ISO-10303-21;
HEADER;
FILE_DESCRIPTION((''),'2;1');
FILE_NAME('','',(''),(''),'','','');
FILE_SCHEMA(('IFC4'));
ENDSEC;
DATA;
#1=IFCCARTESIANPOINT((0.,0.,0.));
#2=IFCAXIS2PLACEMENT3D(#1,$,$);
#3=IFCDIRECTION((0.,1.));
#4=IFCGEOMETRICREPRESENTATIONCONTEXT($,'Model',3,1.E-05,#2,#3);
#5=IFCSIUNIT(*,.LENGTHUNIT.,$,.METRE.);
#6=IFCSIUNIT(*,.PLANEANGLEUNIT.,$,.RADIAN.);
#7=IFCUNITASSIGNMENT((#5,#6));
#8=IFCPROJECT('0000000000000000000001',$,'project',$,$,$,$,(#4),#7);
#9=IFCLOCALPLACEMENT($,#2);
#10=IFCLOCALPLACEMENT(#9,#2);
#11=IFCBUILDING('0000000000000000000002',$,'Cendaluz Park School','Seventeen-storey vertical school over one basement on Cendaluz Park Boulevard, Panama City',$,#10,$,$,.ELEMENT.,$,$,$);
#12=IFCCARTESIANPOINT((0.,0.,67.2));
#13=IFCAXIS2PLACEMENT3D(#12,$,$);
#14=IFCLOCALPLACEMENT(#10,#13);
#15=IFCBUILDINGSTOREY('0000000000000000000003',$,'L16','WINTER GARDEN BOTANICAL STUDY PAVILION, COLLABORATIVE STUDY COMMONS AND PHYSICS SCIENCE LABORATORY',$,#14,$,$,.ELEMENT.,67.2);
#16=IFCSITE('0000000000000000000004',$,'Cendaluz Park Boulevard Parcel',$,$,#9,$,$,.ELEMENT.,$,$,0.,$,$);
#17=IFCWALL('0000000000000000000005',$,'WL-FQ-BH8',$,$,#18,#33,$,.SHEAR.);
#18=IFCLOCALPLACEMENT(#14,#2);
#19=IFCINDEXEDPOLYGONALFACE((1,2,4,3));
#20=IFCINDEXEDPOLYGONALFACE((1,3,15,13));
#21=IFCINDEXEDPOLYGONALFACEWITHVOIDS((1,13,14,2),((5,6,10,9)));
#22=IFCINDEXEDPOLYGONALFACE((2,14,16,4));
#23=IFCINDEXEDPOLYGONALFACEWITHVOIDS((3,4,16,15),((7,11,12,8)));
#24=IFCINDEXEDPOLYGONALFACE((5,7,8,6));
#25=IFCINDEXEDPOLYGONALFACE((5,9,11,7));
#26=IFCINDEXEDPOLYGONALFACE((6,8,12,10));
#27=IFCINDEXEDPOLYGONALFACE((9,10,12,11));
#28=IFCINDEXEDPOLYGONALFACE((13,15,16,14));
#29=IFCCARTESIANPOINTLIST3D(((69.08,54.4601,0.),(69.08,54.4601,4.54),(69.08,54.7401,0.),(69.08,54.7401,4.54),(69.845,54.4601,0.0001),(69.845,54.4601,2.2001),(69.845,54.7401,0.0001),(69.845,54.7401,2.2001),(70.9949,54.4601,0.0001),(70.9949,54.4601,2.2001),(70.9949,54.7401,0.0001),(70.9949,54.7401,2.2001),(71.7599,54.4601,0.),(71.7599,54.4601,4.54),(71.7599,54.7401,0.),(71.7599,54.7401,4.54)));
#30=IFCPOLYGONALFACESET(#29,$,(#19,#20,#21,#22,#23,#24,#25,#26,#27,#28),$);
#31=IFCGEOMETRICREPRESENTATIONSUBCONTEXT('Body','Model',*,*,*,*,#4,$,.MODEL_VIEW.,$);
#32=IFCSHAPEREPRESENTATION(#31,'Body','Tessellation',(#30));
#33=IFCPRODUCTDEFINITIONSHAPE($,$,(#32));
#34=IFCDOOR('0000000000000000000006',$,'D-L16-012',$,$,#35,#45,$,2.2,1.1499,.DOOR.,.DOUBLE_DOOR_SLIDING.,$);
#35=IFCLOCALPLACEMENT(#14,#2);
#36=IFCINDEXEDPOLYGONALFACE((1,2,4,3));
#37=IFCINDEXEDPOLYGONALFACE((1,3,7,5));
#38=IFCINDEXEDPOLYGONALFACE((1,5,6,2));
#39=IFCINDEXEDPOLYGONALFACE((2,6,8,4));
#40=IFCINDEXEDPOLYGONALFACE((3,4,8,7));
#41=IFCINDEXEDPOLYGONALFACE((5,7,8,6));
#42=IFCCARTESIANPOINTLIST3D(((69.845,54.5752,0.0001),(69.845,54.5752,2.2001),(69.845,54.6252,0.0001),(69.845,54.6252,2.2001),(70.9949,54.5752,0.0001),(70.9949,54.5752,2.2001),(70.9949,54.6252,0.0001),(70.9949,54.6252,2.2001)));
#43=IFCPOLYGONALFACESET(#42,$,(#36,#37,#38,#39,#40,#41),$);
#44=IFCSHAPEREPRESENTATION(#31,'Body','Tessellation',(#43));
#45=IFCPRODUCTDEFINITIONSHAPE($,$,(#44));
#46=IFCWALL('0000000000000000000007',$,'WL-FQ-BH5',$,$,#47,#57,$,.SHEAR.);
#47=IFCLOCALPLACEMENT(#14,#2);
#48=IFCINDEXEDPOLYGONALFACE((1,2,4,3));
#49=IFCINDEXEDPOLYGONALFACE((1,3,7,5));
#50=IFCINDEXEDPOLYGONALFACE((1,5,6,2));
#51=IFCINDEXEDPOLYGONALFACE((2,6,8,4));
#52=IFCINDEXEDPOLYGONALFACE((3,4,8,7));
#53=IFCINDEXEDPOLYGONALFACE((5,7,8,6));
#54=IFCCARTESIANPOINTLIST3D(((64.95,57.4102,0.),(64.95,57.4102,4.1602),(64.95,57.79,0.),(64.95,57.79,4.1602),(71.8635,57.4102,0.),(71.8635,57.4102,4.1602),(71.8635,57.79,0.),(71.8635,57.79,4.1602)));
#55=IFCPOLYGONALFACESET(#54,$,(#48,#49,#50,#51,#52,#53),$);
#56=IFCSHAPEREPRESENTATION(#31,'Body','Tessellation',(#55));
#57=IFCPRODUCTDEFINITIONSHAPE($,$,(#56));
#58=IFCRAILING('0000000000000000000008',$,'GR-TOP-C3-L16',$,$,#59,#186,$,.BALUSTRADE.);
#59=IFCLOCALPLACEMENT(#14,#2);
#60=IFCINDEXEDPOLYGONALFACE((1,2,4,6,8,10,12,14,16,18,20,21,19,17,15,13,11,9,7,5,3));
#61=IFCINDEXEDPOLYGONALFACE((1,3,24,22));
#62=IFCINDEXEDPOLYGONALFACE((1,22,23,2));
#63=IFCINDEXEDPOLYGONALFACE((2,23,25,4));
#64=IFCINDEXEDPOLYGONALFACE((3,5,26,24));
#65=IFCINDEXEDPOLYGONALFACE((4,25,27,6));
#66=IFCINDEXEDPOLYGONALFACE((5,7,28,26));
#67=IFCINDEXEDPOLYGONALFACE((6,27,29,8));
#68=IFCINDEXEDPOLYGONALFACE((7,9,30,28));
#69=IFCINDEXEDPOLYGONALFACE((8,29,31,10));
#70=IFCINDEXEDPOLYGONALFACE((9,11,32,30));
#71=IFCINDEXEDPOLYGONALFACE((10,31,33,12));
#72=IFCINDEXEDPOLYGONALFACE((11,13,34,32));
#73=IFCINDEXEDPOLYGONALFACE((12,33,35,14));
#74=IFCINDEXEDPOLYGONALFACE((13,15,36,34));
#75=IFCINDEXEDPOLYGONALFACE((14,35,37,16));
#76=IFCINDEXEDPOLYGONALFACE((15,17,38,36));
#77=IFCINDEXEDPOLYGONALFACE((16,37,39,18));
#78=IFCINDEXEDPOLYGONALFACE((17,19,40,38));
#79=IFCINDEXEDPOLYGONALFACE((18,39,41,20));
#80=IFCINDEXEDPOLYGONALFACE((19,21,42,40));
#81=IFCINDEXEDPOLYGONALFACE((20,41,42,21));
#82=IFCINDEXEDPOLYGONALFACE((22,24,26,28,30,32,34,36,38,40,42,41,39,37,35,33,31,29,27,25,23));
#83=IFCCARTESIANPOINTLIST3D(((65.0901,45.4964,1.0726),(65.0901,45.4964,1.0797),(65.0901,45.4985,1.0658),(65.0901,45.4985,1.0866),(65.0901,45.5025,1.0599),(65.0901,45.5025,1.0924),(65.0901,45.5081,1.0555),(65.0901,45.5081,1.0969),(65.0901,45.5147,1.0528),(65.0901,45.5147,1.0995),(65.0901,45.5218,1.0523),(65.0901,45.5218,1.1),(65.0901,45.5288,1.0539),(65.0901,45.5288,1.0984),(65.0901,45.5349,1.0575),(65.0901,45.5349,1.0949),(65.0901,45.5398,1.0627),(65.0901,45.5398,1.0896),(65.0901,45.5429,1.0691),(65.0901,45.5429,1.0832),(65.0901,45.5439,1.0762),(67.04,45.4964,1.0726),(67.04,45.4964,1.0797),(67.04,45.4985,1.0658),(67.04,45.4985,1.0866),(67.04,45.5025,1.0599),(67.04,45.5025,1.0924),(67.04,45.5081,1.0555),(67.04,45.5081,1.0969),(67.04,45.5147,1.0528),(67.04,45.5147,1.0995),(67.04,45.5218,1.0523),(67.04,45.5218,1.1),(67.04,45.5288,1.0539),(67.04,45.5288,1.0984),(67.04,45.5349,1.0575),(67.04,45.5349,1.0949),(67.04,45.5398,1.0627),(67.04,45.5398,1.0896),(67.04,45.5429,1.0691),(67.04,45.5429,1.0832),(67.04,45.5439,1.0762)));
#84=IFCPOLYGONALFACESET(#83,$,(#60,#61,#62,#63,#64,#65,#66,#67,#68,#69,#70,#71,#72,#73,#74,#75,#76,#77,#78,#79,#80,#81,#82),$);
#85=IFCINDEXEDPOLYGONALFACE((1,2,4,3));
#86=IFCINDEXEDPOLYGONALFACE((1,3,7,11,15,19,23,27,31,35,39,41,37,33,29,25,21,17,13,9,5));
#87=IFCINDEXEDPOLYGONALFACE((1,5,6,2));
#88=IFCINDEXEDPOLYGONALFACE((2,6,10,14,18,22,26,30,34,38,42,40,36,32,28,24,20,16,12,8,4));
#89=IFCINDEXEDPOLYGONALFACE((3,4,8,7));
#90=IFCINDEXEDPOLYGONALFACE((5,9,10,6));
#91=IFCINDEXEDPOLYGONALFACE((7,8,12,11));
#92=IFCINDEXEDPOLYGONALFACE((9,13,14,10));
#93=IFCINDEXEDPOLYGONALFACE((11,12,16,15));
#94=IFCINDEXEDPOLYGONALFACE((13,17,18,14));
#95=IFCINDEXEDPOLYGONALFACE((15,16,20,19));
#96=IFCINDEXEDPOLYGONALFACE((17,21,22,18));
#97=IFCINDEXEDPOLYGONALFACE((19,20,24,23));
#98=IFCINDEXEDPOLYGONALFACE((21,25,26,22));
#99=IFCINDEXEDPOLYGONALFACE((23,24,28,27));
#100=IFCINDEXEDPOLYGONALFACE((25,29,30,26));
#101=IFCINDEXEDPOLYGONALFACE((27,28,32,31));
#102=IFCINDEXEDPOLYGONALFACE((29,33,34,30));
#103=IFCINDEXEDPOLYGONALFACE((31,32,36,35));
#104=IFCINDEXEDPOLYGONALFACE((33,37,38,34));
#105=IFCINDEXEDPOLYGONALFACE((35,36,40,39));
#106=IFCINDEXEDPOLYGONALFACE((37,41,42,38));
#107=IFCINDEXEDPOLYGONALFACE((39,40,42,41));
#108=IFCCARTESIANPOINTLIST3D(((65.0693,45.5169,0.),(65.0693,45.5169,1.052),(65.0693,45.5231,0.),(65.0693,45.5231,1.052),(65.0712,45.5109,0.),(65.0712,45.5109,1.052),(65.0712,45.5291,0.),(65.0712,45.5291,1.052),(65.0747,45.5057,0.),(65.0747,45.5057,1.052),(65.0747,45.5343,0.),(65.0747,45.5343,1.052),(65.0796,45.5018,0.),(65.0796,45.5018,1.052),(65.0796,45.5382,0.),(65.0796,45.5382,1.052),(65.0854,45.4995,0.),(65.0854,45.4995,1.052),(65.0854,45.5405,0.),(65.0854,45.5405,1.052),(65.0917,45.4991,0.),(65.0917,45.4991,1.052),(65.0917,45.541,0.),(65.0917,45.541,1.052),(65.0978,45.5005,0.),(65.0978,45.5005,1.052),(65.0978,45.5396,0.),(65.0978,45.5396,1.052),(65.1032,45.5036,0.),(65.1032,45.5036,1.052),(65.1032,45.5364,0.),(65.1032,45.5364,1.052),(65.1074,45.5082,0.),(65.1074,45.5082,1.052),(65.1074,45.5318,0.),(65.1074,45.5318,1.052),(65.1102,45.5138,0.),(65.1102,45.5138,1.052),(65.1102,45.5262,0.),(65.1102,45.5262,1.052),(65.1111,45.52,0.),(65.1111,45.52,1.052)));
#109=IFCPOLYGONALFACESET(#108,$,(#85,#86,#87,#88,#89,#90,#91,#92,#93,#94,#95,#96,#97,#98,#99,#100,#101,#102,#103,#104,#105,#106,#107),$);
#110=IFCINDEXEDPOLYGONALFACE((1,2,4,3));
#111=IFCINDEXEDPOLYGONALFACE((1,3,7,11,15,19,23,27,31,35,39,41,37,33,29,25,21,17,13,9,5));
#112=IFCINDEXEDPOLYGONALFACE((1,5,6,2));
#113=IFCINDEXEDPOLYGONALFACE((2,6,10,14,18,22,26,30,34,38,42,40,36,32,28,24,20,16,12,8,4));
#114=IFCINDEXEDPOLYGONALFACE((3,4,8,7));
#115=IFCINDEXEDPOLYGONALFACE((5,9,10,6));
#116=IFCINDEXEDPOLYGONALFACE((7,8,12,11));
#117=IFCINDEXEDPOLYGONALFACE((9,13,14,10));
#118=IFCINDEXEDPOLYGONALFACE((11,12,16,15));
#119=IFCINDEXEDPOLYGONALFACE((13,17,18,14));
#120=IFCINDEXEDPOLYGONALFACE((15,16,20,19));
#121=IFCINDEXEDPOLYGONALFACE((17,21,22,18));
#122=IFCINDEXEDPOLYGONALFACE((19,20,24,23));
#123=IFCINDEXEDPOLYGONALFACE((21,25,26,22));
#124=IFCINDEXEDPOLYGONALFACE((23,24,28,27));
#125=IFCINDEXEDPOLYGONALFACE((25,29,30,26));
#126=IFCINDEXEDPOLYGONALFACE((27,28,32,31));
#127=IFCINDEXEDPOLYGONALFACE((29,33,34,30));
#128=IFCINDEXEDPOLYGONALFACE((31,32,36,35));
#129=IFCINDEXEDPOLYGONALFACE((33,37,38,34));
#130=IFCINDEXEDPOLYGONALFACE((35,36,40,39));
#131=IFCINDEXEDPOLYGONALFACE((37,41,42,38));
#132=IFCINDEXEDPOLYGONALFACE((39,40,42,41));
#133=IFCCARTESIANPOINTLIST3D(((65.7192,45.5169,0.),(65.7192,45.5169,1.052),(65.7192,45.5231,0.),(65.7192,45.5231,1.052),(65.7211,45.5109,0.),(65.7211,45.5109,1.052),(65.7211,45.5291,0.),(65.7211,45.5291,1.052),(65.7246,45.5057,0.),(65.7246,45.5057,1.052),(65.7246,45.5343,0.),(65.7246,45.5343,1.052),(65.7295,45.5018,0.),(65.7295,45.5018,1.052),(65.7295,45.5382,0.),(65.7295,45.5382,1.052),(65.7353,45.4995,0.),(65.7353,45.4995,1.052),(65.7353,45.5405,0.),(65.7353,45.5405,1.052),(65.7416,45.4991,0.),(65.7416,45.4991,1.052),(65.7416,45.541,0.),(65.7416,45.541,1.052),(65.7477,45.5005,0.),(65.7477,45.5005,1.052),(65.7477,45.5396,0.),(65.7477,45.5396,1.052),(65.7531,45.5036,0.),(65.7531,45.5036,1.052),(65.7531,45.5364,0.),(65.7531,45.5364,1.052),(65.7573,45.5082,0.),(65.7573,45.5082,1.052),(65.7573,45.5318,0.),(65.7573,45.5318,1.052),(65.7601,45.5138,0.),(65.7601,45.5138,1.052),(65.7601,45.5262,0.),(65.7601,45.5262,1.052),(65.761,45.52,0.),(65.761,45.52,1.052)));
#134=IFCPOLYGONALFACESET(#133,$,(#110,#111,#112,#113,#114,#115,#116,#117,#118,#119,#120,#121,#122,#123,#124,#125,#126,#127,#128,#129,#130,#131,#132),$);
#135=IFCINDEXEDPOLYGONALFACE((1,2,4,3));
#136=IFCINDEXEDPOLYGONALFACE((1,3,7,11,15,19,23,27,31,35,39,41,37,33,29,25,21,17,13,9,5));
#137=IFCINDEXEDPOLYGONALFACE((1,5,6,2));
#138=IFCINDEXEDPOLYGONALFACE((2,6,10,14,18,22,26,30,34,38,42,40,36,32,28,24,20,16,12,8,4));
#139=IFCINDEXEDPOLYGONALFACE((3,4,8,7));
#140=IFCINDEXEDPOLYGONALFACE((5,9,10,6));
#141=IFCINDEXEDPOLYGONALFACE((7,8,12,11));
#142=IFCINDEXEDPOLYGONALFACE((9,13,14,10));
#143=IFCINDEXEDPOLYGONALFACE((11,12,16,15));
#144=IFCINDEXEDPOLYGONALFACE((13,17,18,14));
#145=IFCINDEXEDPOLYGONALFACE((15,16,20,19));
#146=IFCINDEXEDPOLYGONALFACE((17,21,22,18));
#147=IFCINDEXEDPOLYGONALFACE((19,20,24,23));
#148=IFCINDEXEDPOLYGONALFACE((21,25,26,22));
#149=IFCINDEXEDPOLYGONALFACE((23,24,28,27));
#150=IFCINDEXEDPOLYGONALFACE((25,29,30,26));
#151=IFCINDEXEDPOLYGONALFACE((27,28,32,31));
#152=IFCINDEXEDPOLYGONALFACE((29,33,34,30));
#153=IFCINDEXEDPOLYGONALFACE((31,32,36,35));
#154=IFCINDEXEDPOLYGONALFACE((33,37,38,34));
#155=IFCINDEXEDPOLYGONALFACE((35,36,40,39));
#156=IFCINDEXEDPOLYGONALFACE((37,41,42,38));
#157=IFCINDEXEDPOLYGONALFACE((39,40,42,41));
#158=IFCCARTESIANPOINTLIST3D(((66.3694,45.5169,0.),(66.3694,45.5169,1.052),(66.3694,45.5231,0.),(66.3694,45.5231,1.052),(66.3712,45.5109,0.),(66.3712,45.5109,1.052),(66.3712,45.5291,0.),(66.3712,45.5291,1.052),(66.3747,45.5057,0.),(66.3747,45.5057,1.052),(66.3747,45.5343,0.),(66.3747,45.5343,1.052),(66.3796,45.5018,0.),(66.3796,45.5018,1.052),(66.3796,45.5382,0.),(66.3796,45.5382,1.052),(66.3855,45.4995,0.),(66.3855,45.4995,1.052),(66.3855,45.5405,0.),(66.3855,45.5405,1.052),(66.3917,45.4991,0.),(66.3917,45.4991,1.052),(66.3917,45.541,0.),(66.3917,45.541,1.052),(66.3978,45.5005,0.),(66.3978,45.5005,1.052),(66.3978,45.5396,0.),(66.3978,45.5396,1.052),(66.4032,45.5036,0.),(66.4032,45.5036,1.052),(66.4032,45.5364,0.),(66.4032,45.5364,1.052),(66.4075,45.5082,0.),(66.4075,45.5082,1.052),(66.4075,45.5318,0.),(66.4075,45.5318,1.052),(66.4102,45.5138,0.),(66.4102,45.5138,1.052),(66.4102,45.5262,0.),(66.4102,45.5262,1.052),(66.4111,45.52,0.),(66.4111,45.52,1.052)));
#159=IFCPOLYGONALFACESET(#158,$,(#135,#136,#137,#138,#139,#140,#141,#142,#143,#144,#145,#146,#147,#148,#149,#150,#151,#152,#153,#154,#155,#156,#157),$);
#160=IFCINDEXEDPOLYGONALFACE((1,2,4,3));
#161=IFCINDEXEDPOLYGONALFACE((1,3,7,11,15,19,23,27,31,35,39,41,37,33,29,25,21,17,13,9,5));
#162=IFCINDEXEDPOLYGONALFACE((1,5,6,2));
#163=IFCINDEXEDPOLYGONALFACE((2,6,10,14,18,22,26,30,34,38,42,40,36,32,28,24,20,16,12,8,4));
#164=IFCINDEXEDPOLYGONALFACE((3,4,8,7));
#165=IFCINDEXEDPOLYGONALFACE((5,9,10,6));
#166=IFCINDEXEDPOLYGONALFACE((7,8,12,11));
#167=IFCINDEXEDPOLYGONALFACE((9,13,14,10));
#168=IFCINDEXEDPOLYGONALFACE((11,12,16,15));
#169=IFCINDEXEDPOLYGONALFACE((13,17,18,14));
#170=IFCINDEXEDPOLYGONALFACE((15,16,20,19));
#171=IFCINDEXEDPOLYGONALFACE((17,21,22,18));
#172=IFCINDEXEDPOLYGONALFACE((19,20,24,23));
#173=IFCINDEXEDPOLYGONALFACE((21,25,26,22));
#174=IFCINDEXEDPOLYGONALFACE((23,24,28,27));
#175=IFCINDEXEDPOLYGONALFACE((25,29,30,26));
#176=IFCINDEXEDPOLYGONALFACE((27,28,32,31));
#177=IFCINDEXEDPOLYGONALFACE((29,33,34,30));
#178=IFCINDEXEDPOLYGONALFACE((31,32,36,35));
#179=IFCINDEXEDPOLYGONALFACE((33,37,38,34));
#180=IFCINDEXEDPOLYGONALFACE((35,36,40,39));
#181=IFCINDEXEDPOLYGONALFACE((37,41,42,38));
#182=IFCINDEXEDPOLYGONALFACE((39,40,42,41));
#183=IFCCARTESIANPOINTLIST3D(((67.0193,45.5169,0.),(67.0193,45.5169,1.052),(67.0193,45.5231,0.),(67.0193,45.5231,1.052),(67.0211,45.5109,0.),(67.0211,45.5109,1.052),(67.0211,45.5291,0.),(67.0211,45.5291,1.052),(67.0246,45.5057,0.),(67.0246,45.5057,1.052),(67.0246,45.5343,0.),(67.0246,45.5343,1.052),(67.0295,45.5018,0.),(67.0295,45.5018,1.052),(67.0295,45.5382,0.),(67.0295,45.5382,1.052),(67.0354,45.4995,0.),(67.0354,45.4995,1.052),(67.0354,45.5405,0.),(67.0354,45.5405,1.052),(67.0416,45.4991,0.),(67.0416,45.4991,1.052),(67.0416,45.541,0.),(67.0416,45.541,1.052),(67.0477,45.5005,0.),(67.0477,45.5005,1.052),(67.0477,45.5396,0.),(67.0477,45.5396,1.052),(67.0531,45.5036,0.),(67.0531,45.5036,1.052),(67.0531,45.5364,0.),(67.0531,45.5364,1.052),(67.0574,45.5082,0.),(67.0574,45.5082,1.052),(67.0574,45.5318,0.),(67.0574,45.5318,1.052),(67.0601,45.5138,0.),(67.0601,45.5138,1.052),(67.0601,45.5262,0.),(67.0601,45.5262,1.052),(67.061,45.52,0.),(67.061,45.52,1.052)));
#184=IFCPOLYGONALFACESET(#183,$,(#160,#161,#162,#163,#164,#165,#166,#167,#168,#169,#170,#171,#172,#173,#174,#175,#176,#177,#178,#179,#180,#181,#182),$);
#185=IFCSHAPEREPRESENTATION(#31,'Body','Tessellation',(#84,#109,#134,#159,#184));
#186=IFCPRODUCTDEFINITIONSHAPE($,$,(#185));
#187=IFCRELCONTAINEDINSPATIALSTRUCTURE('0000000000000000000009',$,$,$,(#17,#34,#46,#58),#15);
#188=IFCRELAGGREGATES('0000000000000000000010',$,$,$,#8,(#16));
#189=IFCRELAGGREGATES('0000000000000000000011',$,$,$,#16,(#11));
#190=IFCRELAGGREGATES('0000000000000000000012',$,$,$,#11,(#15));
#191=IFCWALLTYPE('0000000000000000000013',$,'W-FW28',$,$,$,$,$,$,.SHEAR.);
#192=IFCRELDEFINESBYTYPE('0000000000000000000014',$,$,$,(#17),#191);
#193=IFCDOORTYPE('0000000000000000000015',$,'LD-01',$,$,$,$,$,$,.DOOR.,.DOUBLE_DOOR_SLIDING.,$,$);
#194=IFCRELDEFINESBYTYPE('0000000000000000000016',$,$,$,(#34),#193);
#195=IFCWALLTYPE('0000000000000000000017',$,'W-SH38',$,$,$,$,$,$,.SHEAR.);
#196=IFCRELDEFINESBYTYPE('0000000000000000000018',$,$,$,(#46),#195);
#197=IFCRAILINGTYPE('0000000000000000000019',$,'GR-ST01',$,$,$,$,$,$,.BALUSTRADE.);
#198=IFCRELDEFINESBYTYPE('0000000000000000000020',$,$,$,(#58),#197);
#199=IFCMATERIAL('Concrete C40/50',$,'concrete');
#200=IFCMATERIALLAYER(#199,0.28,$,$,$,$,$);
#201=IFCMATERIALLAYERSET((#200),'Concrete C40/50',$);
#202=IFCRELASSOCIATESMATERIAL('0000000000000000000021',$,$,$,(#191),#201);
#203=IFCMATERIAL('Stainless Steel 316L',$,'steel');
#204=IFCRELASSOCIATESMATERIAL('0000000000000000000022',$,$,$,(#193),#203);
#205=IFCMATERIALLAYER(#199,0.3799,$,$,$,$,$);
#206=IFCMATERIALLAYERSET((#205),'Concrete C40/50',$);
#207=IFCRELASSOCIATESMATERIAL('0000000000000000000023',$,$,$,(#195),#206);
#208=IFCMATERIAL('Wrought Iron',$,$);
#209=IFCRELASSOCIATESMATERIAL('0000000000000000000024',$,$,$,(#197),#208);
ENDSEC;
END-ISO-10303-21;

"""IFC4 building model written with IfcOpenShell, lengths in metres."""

from ifc_helpers import new_model, si_unit, direction, frame, frame_2d, origin, origin_2d, place, context, subcontext, project, spatial, rectangle, circle, extrude, material, layer, layer_set, type_object, element, fill, save


model = new_model("IFC4")

# Units and contexts
model_context = context("Model", 3, precision=1e-05, world=origin(), true_north=direction((0.0, 1.0)))
body_context = subcontext(model_context, "Body", "Model", "MODEL_VIEW")
ifc_project = project(units=[si_unit("LENGTHUNIT", "METRE"), si_unit("PLANEANGLEUNIT", "RADIAN")], contexts=[model_context])

# Site, building, storey
site_placement = place(None, origin())
site = spatial("IfcSite", under=ifc_project, at=site_placement, Name="Cendaluz Park Boulevard Parcel", CompositionType="ELEMENT", RefElevation=0.0)
building_placement = place(site_placement, origin())
building = spatial("IfcBuilding", under=site, at=building_placement, Name="Cendaluz Park School", Description="Seventeen-storey vertical school over one basement on Cendaluz Park Boulevard, Panama City", CompositionType="ELEMENT")
storey_placement = place(building_placement, frame((0.0, 0.0, 67.2)))
storey = spatial("IfcBuildingStorey", under=building, at=storey_placement, Name="L16", Description="WINTER GARDEN BOTANICAL STUDY PAVILION, COLLABORATIVE STUDY COMMONS AND PHYSICS SCIENCE LABORATORY", CompositionType="ELEMENT", Elevation=67.2)

# Shared definitions
ifc_material_1 = material(Name="Concrete C40/50", Category="concrete")
ifc_layer_1 = layer(ifc_material_1, 0.28)
ifc_layer_set_1 = layer_set([ifc_layer_1], Name="Concrete C40/50")
wall_type_1 = type_object("IfcWallType", Name="W-FW28", PredefinedType="SHEAR", material=ifc_layer_set_1)

# Wall, opening, door
wall_1_placement = place(storey_placement, frame((69.0801, 54.6001, 0.0), z_axis=(0.0, 0.0, 1.0), x_axis=(1.0, 0.0, 0.0)))
wall_1 = element("IfcWall", 1, at=wall_1_placement, inside=storey, type_object=wall_type_1, Name="WL-FQ-BH8", PredefinedType="SHEAR", context=body_context, shape_type="SweptSolid", body=[
    extrude(rectangle(XDim=2.6799, YDim=0.28, at=frame_2d((1.3398, 0.0))), origin(), (0.0, 0.0, 1.0), 4.54),
])
opening_1_placement = place(wall_1_placement, frame((0.7649, 0.0, 0.0)))
opening_1 = element("IfcOpeningElement", 2, at=opening_1_placement, cuts=wall_1, PredefinedType="OPENING", context=body_context, shape_type="SweptSolid", body=[
    extrude(rectangle(XDim=1.1499, YDim=2.2, at=frame_2d((0.575, 1.1001))), frame((0.0, 0.1521, 0.0), z_axis=(0.0, -1.0, 0.0), x_axis=(1.0, 0.0, 0.0)), (0.0, 0.0, 1.0), 0.304),
])
ifc_material_2 = material(Name="Stainless Steel 316L", Category="steel")
door_type_1 = type_object("IfcDoorType", Name="LD-01", OperationType="DOUBLE_DOOR_SLIDING", PredefinedType="DOOR", material=ifc_material_2)
door_1_placement = place(opening_1_placement, frame((1.1499, 0.0, 0.0), z_axis=(0.0, 0.0, 1.0), x_axis=(-1.0, 0.0, 0.0)))
door_1 = element("IfcDoor", 3, at=door_1_placement, inside=storey, type_object=door_type_1, Name="D-L16-012", OperationType="DOUBLE_DOOR_SLIDING", OverallHeight=2.2, OverallWidth=1.1499, PredefinedType="DOOR", context=body_context, shape_type="SweptSolid", body=[
    extrude(rectangle(XDim=1.1499, YDim=2.2, at=frame_2d((0.575, 1.1001))), frame((0.0, 0.0249, 0.0), z_axis=(0.0, -1.0, 0.0), x_axis=(1.0, 0.0, 0.0)), (0.0, 0.0, 1.0), 0.05),
])
fill(opening_1, door_1)

# Wall
ifc_layer_2 = layer(ifc_material_1, 0.3799)
ifc_layer_set_2 = layer_set([ifc_layer_2], Name="Concrete C40/50")
wall_type_2 = type_object("IfcWallType", Name="W-SH38", PredefinedType="SHEAR", material=ifc_layer_set_2)
wall_2_placement = place(storey_placement, frame((64.95, 57.6001, 0.0), z_axis=(0.0, 0.0, 1.0), x_axis=(1.0, 0.0, 0.0)))
element("IfcWall", 4, at=wall_2_placement, inside=storey, type_object=wall_type_2, Name="WL-FQ-BH5", PredefinedType="SHEAR", context=body_context, shape_type="SweptSolid", body=[
    extrude(rectangle(XDim=6.9136, YDim=0.3799, at=frame_2d((3.4568, 0.0))), origin(), (0.0, 0.0, 1.0), 4.1602),
])

# Railing
ifc_material_3 = material(Name="Wrought Iron")
railing_type = type_object("IfcRailingType", Name="GR-ST01", PredefinedType="BALUSTRADE", material=ifc_material_3)
railing_placement = place(storey_placement, frame((65.0901, 45.52, 0.0)))
element("IfcRailing", 5, at=railing_placement, inside=storey, type_object=railing_type, Name="GR-TOP-C3-L16", PredefinedType="BALUSTRADE", context=body_context, shape_type="SweptSolid", body=[
    extrude(circle(Radius=0.0239, at=origin_2d()), frame((0.0, 0.0, 1.0762), z_axis=(1.0, 0.0, 0.0), x_axis=(0.0, 1.0, 0.0)), (0.0, 0.0, 1.0), 1.95),
    extrude(circle(Radius=0.021, at=origin_2d()), origin(), (0.0, 0.0, 1.0), 1.052),
    extrude(circle(Radius=0.021, at=origin_2d()), frame((0.6499, 0.0, 0.0)), (0.0, 0.0, 1.0), 1.052),
    extrude(circle(Radius=0.021, at=origin_2d()), frame((1.3, 0.0, 0.0)), (0.0, 0.0, 1.0), 1.052),
    extrude(circle(Radius=0.021, at=origin_2d()), frame((1.95, 0.0, 0.0)), (0.0, 0.0, 1.0), 1.052),
])

save(model, "model.ifc")
